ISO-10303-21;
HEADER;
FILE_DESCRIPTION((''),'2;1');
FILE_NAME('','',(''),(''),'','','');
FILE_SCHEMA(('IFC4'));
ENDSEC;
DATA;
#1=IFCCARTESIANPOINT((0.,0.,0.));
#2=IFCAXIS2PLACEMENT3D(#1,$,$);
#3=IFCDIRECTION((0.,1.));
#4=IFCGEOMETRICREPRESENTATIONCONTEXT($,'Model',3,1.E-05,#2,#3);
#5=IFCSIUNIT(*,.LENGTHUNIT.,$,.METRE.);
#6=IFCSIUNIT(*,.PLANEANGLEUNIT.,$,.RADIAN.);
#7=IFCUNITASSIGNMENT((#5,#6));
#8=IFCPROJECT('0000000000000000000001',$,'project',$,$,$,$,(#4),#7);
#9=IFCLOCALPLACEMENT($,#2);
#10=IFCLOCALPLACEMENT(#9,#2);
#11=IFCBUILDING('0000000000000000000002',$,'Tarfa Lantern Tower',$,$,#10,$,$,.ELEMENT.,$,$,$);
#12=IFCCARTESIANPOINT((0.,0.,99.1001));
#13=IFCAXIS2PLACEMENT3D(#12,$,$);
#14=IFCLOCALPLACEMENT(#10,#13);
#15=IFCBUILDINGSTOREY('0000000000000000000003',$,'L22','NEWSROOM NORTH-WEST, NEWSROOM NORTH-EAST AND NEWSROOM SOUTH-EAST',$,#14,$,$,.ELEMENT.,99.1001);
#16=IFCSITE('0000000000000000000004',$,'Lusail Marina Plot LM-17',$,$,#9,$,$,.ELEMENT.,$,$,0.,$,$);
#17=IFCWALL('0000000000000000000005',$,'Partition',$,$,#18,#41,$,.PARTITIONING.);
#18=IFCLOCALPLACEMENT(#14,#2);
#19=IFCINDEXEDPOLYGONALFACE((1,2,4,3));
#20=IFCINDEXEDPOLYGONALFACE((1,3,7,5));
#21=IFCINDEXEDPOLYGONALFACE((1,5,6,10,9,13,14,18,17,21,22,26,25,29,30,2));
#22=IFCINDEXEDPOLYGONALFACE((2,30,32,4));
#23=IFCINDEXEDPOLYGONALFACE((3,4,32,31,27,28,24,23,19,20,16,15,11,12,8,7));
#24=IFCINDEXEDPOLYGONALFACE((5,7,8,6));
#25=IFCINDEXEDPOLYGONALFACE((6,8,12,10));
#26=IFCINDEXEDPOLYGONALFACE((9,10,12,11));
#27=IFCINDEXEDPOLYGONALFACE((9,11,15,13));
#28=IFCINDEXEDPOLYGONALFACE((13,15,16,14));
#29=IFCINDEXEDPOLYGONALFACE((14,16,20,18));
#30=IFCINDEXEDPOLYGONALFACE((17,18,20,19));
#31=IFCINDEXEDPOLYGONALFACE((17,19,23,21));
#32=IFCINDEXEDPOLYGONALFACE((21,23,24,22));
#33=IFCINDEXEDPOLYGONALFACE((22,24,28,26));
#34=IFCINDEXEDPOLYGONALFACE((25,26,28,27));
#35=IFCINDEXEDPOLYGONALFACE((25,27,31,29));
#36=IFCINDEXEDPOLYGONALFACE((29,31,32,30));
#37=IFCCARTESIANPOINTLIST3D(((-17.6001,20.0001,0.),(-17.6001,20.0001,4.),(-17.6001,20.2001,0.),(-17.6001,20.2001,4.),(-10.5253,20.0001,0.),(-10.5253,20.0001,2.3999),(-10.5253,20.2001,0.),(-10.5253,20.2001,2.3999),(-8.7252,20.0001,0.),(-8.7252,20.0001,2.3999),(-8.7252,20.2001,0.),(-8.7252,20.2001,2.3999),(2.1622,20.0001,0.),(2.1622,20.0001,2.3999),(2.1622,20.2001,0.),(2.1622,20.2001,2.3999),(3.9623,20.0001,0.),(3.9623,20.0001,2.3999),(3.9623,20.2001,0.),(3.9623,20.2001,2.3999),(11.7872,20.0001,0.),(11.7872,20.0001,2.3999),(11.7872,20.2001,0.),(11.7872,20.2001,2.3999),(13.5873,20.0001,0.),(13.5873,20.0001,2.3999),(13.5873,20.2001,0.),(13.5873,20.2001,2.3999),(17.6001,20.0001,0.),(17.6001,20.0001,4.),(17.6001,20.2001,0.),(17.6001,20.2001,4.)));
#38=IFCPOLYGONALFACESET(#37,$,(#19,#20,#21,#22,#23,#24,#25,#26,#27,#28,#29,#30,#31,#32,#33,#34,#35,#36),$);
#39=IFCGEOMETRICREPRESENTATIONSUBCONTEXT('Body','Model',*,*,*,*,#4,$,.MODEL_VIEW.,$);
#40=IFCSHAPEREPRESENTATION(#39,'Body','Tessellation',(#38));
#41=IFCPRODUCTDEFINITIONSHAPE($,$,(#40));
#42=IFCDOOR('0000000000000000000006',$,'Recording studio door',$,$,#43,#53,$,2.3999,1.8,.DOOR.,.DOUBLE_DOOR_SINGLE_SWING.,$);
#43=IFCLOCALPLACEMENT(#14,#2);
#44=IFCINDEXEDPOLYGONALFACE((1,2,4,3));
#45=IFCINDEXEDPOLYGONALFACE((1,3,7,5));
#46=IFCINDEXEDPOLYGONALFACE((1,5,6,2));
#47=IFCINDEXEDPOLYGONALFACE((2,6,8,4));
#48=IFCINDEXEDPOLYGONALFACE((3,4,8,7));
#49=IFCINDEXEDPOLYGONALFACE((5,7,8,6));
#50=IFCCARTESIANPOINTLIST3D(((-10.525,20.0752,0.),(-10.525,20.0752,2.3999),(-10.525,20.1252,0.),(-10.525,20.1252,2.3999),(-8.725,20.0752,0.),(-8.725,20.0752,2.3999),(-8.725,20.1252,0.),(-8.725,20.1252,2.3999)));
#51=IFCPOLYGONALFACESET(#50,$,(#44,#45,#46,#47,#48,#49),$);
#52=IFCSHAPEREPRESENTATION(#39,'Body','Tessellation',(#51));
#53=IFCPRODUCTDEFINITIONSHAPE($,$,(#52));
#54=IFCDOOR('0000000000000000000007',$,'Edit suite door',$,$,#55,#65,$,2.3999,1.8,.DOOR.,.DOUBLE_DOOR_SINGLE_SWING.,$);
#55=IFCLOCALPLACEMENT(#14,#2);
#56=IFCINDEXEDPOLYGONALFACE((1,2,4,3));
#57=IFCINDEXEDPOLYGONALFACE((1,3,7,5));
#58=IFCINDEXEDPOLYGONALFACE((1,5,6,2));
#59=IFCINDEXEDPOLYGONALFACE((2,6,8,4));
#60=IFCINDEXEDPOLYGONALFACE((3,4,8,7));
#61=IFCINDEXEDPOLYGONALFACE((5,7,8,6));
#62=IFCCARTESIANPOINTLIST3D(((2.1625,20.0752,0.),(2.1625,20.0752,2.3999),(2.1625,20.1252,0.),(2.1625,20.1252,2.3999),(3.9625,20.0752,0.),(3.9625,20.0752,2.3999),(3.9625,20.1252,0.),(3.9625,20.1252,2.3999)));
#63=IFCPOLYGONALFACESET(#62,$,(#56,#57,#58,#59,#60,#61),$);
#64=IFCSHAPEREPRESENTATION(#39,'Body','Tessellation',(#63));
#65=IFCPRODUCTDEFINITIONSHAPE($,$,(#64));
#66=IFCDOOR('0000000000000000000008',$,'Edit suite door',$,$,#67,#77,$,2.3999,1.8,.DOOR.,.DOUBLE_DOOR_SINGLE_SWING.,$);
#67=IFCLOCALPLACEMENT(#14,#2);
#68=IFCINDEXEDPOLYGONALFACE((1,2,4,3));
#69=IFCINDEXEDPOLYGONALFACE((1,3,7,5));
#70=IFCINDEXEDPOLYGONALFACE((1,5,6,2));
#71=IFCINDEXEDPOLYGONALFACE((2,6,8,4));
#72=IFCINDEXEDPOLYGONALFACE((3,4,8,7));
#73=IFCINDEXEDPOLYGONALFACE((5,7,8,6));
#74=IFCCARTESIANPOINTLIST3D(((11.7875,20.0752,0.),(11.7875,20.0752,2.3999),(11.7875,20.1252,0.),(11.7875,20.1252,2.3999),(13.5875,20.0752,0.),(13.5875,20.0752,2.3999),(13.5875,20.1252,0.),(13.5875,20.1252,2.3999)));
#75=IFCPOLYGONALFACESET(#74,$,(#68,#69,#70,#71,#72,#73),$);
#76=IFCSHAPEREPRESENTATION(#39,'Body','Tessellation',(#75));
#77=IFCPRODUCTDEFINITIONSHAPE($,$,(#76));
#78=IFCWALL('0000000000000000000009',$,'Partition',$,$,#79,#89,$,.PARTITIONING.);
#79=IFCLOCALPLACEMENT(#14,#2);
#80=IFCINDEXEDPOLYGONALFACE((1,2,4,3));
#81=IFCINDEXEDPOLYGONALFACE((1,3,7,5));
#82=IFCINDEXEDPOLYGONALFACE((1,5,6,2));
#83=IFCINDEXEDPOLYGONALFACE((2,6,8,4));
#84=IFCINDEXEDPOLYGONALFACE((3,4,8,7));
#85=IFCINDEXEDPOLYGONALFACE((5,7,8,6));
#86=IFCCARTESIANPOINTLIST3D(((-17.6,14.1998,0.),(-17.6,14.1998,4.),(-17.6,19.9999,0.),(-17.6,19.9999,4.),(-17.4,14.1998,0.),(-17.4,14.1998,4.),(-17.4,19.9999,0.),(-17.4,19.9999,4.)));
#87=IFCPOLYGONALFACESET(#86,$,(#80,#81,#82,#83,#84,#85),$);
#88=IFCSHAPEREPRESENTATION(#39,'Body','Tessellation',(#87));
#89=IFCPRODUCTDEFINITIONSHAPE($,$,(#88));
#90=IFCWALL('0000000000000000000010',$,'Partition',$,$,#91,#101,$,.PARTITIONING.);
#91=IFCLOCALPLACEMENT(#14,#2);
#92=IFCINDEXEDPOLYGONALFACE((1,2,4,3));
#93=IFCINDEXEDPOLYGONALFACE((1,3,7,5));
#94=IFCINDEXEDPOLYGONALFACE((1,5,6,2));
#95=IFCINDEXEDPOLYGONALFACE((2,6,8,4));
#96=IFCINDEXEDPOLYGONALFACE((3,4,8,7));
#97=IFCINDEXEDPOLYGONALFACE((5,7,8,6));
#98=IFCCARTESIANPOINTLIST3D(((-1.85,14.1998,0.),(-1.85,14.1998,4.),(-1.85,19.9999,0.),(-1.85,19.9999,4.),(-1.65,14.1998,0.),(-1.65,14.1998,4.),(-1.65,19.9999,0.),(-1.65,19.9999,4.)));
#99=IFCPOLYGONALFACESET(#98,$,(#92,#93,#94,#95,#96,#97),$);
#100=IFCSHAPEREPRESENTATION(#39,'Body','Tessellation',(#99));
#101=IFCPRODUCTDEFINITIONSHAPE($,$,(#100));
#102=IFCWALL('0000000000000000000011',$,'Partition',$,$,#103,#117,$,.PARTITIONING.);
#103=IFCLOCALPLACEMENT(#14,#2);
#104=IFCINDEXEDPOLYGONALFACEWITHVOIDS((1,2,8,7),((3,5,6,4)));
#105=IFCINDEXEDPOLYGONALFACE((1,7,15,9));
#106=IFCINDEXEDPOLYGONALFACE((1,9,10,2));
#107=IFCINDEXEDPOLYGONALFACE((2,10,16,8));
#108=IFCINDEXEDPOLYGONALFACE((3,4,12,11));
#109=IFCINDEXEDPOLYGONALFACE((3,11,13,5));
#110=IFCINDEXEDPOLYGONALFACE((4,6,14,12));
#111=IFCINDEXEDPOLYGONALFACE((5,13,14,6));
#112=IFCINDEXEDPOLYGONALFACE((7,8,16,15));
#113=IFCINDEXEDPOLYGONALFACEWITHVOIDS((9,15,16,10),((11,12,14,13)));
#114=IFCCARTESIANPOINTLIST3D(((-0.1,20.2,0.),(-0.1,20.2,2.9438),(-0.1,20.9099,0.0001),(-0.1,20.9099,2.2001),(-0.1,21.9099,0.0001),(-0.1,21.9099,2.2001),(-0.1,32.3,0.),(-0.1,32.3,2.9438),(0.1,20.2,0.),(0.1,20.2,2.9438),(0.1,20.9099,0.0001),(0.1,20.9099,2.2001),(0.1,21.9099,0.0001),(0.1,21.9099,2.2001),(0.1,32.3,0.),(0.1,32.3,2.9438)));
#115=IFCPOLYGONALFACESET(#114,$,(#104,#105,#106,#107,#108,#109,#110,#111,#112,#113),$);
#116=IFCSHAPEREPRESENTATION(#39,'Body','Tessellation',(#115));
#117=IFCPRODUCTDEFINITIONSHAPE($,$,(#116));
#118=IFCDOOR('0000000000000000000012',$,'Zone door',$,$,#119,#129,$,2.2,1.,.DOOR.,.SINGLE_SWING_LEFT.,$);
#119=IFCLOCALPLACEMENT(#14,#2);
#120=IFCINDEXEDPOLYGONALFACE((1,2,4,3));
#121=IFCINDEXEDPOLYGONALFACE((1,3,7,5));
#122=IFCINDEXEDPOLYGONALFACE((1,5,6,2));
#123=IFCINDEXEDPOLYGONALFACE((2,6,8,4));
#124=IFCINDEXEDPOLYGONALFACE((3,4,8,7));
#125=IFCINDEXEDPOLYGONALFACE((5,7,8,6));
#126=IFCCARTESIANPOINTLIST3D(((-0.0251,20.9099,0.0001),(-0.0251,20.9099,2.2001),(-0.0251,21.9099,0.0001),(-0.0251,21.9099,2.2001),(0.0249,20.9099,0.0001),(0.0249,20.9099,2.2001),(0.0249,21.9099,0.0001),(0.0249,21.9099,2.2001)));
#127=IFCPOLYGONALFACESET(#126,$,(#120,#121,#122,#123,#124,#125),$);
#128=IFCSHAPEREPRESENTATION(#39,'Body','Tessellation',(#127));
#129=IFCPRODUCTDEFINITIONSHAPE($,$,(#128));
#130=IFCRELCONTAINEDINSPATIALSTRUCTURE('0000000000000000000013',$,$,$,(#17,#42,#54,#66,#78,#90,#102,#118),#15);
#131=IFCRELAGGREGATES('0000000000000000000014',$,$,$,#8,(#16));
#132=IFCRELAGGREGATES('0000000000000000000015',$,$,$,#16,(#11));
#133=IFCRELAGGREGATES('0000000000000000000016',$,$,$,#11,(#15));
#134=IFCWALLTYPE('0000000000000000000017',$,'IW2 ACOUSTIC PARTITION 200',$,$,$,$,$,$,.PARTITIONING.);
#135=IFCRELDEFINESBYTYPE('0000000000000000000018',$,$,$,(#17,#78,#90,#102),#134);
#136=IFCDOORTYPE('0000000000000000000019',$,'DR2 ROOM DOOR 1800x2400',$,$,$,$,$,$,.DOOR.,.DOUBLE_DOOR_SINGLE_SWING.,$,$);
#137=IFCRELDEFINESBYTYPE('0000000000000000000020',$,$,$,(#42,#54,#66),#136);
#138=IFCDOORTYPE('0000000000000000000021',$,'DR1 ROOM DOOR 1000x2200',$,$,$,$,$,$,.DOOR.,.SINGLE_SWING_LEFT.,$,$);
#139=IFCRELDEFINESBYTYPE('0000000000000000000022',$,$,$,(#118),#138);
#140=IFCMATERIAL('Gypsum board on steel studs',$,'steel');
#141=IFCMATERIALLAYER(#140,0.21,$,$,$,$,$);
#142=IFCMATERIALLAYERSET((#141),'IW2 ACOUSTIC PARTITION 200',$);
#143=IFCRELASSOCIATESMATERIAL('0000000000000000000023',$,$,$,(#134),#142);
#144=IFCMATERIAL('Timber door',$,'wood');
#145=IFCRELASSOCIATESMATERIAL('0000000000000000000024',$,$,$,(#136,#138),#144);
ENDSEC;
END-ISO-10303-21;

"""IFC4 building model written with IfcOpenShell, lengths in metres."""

from ifc_helpers import new_model, si_unit, direction, frame, frame_2d, origin, place, context, subcontext, project, spatial, rectangle, extrude, material, layer, layer_set, type_object, element, fill, save


model = new_model("IFC4")

# Units and contexts
model_context = context("Model", 3, precision=1e-05, world=origin(), true_north=direction((0.0, 1.0)))
body_context = subcontext(model_context, "Body", "Model", "MODEL_VIEW")
ifc_project = project(units=[si_unit("LENGTHUNIT", "METRE"), si_unit("PLANEANGLEUNIT", "RADIAN")], contexts=[model_context])

# Site, building, storey
site_placement = place(None, origin())
site = spatial("IfcSite", under=ifc_project, at=site_placement, Name="Lusail Marina Plot LM-17", CompositionType="ELEMENT", RefElevation=0.0)
building_placement = place(site_placement, origin())
building = spatial("IfcBuilding", under=site, at=building_placement, Name="Tarfa Lantern Tower", CompositionType="ELEMENT")
storey_placement = place(building_placement, frame((0.0, 0.0, 99.1001)))
storey = spatial("IfcBuildingStorey", under=building, at=storey_placement, Name="L22", Description="NEWSROOM NORTH-WEST, NEWSROOM NORTH-EAST AND NEWSROOM SOUTH-EAST", CompositionType="ELEMENT", Elevation=99.1001)

# Shared definitions
ifc_material_1 = material(Name="Gypsum board on steel studs", Category="steel")
ifc_layer_1 = layer(ifc_material_1, 0.21)
ifc_layer_set_1 = layer_set([ifc_layer_1], Name="IW2 ACOUSTIC PARTITION 200")
wall_type = type_object("IfcWallType", Name="IW2 ACOUSTIC PARTITION 200", PredefinedType="PARTITIONING", material=ifc_layer_set_1)

# Wall, openings, doors
wall_1_placement = place(storey_placement, frame((-17.6001, 20.1001, 0.0), z_axis=(0.0, 0.0, 1.0), x_axis=(1.0, 0.0, 0.0)))
wall_1 = element("IfcWall", 1, at=wall_1_placement, inside=storey, type_object=wall_type, Name="Partition", PredefinedType="PARTITIONING", context=body_context, shape_type="SweptSolid", body=[
    extrude(rectangle(XDim=35.2002, YDim=0.2, at=frame_2d((17.6001, 0.0))), origin(), (0.0, 0.0, 1.0), 4.0),
])
opening_1_placement = place(wall_1_placement, frame((7.075, 0.0, 0.0)))
opening_1 = element("IfcOpeningElement", 2, at=opening_1_placement, cuts=wall_1, PredefinedType="OPENING", context=body_context, shape_type="SweptSolid", body=[
    extrude(rectangle(XDim=1.8, YDim=2.3999, at=frame_2d((0.8999, 1.2))), frame((0.0, 0.1099, 0.0), z_axis=(0.0, -1.0, 0.0), x_axis=(1.0, 0.0, 0.0)), (0.0, 0.0, 1.0), 0.22),
])
opening_2_placement = place(wall_1_placement, frame((19.7625, 0.0, 0.0)))
opening_2 = element("IfcOpeningElement", 3, at=opening_2_placement, cuts=wall_1, PredefinedType="OPENING", context=body_context, shape_type="SweptSolid", body=[
    extrude(rectangle(XDim=1.8, YDim=2.3999, at=frame_2d((0.8999, 1.2))), frame((0.0, 0.1099, 0.0), z_axis=(0.0, -1.0, 0.0), x_axis=(1.0, 0.0, 0.0)), (0.0, 0.0, 1.0), 0.22),
])
opening_3_placement = place(wall_1_placement, frame((29.3875, 0.0, 0.0)))
opening_3 = element("IfcOpeningElement", 4, at=opening_3_placement, cuts=wall_1, PredefinedType="OPENING", context=body_context, shape_type="SweptSolid", body=[
    extrude(rectangle(XDim=1.8, YDim=2.3999, at=frame_2d((0.8999, 1.2))), frame((0.0, 0.1099, 0.0), z_axis=(0.0, -1.0, 0.0), x_axis=(1.0, 0.0, 0.0)), (0.0, 0.0, 1.0), 0.22),
])
ifc_material_2 = material(Name="Timber door", Category="wood")
door_type_1 = type_object("IfcDoorType", Name="DR2 ROOM DOOR 1800x2400", OperationType="DOUBLE_DOOR_SINGLE_SWING", PredefinedType="DOOR", material=ifc_material_2)
door_1_placement = place(opening_1_placement, frame((1.8, 0.0, 0.0), z_axis=(0.0, 0.0, 1.0), x_axis=(-1.0, 0.0, 0.0)))
door_1 = element("IfcDoor", 5, at=door_1_placement, inside=storey, type_object=door_type_1, Name="Recording studio door", OperationType="DOUBLE_DOOR_SINGLE_SWING", OverallHeight=2.3999, OverallWidth=1.8, PredefinedType="DOOR", context=body_context, shape_type="SweptSolid", body=[
    extrude(rectangle(XDim=1.8, YDim=2.3999, at=frame_2d((0.8999, 1.2))), frame((0.0, 0.0249, 0.0), z_axis=(0.0, -1.0, 0.0), x_axis=(1.0, 0.0, 0.0)), (0.0, 0.0, 1.0), 0.05),
])
fill(opening_1, door_1)
door_2_placement = place(opening_2_placement, frame((1.8, 0.0, 0.0), z_axis=(0.0, 0.0, 1.0), x_axis=(-1.0, 0.0, 0.0)))
door_2 = element("IfcDoor", 6, at=door_2_placement, inside=storey, type_object=door_type_1, Name="Edit suite door", OperationType="DOUBLE_DOOR_SINGLE_SWING", OverallHeight=2.3999, OverallWidth=1.8, PredefinedType="DOOR", context=body_context, shape_type="SweptSolid", body=[
    extrude(rectangle(XDim=1.8, YDim=2.3999, at=frame_2d((0.8999, 1.2))), frame((0.0, 0.0249, 0.0), z_axis=(0.0, -1.0, 0.0), x_axis=(1.0, 0.0, 0.0)), (0.0, 0.0, 1.0), 0.05),
])
fill(opening_2, door_2)
door_3_placement = place(opening_3_placement, frame((1.8, 0.0, 0.0), z_axis=(0.0, 0.0, 1.0), x_axis=(-1.0, 0.0, 0.0)))
door_3 = element("IfcDoor", 7, at=door_3_placement, inside=storey, type_object=door_type_1, Name="Edit suite door", OperationType="DOUBLE_DOOR_SINGLE_SWING", OverallHeight=2.3999, OverallWidth=1.8, PredefinedType="DOOR", context=body_context, shape_type="SweptSolid", body=[
    extrude(rectangle(XDim=1.8, YDim=2.3999, at=frame_2d((0.8999, 1.2))), frame((0.0, 0.0249, 0.0), z_axis=(0.0, -1.0, 0.0), x_axis=(1.0, 0.0, 0.0)), (0.0, 0.0, 1.0), 0.05),
])
fill(opening_3, door_3)

# Walls
for number, where, z_axis, x_axis, name in (
    (8, (-17.5, 14.2, 0.0), (0.0, 0.0, 1.0), (0.0, 1.0, 0.0), "Partition"),
    (9, (-1.75, 14.2, 0.0), (0.0, 0.0, 1.0), (0.0, 1.0, 0.0), "Partition"),
):
    element("IfcWall", number, at=place(storey_placement, frame(where, z_axis=z_axis, x_axis=x_axis)), inside=storey, type_object=wall_type, Name=name, PredefinedType="PARTITIONING", context=body_context, shape_type="SweptSolid", body=[
        extrude(rectangle(XDim=5.8, YDim=0.2, at=frame_2d((2.8999, 0.0))), origin(), (0.0, 0.0, 1.0), 4.0),
    ])

# Wall, opening, door
wall_2_placement = place(storey_placement, frame((0.0, 20.2, 0.0), z_axis=(0.0, 0.0, 1.0), x_axis=(0.0, 1.0, 0.0)))
wall_2 = element("IfcWall", 10, at=wall_2_placement, inside=storey, type_object=wall_type, Name="Partition", PredefinedType="PARTITIONING", context=body_context, shape_type="SweptSolid", body=[
    extrude(rectangle(XDim=12.1001, YDim=0.2, at=frame_2d((6.05, 0.0))), origin(), (0.0, 0.0, 1.0), 2.9438),
])
opening_4_placement = place(wall_2_placement, frame((0.71, 0.0, 0.0)))
opening_4 = element("IfcOpeningElement", 11, at=opening_4_placement, cuts=wall_2, PredefinedType="OPENING", context=body_context, shape_type="SweptSolid", body=[
    extrude(rectangle(XDim=1.0, YDim=2.2, at=frame_2d((0.5, 1.1001))), frame((0.0, 0.1099, 0.0), z_axis=(0.0, -1.0, 0.0), x_axis=(1.0, 0.0, 0.0)), (0.0, 0.0, 1.0), 0.22),
])
door_type_2 = type_object("IfcDoorType", Name="DR1 ROOM DOOR 1000x2200", OperationType="SINGLE_SWING_LEFT", PredefinedType="DOOR", material=ifc_material_2)
door_4_placement = place(opening_4_placement, frame((1.0, 0.0, 0.0), z_axis=(0.0, 0.0, 1.0), x_axis=(-1.0, 0.0, 0.0)))
door_4 = element("IfcDoor", 12, at=door_4_placement, inside=storey, type_object=door_type_2, Name="Zone door", OperationType="SINGLE_SWING_LEFT", OverallHeight=2.2, OverallWidth=1.0, PredefinedType="DOOR", context=body_context, shape_type="SweptSolid", body=[
    extrude(rectangle(XDim=1.0, YDim=2.2, at=frame_2d((0.5, 1.1001))), frame((0.0, 0.0249, 0.0), z_axis=(0.0, -1.0, 0.0), x_axis=(1.0, 0.0, 0.0)), (0.0, 0.0, 1.0), 0.05),
])
fill(opening_4, door_4)

save(model, "model.ifc")
